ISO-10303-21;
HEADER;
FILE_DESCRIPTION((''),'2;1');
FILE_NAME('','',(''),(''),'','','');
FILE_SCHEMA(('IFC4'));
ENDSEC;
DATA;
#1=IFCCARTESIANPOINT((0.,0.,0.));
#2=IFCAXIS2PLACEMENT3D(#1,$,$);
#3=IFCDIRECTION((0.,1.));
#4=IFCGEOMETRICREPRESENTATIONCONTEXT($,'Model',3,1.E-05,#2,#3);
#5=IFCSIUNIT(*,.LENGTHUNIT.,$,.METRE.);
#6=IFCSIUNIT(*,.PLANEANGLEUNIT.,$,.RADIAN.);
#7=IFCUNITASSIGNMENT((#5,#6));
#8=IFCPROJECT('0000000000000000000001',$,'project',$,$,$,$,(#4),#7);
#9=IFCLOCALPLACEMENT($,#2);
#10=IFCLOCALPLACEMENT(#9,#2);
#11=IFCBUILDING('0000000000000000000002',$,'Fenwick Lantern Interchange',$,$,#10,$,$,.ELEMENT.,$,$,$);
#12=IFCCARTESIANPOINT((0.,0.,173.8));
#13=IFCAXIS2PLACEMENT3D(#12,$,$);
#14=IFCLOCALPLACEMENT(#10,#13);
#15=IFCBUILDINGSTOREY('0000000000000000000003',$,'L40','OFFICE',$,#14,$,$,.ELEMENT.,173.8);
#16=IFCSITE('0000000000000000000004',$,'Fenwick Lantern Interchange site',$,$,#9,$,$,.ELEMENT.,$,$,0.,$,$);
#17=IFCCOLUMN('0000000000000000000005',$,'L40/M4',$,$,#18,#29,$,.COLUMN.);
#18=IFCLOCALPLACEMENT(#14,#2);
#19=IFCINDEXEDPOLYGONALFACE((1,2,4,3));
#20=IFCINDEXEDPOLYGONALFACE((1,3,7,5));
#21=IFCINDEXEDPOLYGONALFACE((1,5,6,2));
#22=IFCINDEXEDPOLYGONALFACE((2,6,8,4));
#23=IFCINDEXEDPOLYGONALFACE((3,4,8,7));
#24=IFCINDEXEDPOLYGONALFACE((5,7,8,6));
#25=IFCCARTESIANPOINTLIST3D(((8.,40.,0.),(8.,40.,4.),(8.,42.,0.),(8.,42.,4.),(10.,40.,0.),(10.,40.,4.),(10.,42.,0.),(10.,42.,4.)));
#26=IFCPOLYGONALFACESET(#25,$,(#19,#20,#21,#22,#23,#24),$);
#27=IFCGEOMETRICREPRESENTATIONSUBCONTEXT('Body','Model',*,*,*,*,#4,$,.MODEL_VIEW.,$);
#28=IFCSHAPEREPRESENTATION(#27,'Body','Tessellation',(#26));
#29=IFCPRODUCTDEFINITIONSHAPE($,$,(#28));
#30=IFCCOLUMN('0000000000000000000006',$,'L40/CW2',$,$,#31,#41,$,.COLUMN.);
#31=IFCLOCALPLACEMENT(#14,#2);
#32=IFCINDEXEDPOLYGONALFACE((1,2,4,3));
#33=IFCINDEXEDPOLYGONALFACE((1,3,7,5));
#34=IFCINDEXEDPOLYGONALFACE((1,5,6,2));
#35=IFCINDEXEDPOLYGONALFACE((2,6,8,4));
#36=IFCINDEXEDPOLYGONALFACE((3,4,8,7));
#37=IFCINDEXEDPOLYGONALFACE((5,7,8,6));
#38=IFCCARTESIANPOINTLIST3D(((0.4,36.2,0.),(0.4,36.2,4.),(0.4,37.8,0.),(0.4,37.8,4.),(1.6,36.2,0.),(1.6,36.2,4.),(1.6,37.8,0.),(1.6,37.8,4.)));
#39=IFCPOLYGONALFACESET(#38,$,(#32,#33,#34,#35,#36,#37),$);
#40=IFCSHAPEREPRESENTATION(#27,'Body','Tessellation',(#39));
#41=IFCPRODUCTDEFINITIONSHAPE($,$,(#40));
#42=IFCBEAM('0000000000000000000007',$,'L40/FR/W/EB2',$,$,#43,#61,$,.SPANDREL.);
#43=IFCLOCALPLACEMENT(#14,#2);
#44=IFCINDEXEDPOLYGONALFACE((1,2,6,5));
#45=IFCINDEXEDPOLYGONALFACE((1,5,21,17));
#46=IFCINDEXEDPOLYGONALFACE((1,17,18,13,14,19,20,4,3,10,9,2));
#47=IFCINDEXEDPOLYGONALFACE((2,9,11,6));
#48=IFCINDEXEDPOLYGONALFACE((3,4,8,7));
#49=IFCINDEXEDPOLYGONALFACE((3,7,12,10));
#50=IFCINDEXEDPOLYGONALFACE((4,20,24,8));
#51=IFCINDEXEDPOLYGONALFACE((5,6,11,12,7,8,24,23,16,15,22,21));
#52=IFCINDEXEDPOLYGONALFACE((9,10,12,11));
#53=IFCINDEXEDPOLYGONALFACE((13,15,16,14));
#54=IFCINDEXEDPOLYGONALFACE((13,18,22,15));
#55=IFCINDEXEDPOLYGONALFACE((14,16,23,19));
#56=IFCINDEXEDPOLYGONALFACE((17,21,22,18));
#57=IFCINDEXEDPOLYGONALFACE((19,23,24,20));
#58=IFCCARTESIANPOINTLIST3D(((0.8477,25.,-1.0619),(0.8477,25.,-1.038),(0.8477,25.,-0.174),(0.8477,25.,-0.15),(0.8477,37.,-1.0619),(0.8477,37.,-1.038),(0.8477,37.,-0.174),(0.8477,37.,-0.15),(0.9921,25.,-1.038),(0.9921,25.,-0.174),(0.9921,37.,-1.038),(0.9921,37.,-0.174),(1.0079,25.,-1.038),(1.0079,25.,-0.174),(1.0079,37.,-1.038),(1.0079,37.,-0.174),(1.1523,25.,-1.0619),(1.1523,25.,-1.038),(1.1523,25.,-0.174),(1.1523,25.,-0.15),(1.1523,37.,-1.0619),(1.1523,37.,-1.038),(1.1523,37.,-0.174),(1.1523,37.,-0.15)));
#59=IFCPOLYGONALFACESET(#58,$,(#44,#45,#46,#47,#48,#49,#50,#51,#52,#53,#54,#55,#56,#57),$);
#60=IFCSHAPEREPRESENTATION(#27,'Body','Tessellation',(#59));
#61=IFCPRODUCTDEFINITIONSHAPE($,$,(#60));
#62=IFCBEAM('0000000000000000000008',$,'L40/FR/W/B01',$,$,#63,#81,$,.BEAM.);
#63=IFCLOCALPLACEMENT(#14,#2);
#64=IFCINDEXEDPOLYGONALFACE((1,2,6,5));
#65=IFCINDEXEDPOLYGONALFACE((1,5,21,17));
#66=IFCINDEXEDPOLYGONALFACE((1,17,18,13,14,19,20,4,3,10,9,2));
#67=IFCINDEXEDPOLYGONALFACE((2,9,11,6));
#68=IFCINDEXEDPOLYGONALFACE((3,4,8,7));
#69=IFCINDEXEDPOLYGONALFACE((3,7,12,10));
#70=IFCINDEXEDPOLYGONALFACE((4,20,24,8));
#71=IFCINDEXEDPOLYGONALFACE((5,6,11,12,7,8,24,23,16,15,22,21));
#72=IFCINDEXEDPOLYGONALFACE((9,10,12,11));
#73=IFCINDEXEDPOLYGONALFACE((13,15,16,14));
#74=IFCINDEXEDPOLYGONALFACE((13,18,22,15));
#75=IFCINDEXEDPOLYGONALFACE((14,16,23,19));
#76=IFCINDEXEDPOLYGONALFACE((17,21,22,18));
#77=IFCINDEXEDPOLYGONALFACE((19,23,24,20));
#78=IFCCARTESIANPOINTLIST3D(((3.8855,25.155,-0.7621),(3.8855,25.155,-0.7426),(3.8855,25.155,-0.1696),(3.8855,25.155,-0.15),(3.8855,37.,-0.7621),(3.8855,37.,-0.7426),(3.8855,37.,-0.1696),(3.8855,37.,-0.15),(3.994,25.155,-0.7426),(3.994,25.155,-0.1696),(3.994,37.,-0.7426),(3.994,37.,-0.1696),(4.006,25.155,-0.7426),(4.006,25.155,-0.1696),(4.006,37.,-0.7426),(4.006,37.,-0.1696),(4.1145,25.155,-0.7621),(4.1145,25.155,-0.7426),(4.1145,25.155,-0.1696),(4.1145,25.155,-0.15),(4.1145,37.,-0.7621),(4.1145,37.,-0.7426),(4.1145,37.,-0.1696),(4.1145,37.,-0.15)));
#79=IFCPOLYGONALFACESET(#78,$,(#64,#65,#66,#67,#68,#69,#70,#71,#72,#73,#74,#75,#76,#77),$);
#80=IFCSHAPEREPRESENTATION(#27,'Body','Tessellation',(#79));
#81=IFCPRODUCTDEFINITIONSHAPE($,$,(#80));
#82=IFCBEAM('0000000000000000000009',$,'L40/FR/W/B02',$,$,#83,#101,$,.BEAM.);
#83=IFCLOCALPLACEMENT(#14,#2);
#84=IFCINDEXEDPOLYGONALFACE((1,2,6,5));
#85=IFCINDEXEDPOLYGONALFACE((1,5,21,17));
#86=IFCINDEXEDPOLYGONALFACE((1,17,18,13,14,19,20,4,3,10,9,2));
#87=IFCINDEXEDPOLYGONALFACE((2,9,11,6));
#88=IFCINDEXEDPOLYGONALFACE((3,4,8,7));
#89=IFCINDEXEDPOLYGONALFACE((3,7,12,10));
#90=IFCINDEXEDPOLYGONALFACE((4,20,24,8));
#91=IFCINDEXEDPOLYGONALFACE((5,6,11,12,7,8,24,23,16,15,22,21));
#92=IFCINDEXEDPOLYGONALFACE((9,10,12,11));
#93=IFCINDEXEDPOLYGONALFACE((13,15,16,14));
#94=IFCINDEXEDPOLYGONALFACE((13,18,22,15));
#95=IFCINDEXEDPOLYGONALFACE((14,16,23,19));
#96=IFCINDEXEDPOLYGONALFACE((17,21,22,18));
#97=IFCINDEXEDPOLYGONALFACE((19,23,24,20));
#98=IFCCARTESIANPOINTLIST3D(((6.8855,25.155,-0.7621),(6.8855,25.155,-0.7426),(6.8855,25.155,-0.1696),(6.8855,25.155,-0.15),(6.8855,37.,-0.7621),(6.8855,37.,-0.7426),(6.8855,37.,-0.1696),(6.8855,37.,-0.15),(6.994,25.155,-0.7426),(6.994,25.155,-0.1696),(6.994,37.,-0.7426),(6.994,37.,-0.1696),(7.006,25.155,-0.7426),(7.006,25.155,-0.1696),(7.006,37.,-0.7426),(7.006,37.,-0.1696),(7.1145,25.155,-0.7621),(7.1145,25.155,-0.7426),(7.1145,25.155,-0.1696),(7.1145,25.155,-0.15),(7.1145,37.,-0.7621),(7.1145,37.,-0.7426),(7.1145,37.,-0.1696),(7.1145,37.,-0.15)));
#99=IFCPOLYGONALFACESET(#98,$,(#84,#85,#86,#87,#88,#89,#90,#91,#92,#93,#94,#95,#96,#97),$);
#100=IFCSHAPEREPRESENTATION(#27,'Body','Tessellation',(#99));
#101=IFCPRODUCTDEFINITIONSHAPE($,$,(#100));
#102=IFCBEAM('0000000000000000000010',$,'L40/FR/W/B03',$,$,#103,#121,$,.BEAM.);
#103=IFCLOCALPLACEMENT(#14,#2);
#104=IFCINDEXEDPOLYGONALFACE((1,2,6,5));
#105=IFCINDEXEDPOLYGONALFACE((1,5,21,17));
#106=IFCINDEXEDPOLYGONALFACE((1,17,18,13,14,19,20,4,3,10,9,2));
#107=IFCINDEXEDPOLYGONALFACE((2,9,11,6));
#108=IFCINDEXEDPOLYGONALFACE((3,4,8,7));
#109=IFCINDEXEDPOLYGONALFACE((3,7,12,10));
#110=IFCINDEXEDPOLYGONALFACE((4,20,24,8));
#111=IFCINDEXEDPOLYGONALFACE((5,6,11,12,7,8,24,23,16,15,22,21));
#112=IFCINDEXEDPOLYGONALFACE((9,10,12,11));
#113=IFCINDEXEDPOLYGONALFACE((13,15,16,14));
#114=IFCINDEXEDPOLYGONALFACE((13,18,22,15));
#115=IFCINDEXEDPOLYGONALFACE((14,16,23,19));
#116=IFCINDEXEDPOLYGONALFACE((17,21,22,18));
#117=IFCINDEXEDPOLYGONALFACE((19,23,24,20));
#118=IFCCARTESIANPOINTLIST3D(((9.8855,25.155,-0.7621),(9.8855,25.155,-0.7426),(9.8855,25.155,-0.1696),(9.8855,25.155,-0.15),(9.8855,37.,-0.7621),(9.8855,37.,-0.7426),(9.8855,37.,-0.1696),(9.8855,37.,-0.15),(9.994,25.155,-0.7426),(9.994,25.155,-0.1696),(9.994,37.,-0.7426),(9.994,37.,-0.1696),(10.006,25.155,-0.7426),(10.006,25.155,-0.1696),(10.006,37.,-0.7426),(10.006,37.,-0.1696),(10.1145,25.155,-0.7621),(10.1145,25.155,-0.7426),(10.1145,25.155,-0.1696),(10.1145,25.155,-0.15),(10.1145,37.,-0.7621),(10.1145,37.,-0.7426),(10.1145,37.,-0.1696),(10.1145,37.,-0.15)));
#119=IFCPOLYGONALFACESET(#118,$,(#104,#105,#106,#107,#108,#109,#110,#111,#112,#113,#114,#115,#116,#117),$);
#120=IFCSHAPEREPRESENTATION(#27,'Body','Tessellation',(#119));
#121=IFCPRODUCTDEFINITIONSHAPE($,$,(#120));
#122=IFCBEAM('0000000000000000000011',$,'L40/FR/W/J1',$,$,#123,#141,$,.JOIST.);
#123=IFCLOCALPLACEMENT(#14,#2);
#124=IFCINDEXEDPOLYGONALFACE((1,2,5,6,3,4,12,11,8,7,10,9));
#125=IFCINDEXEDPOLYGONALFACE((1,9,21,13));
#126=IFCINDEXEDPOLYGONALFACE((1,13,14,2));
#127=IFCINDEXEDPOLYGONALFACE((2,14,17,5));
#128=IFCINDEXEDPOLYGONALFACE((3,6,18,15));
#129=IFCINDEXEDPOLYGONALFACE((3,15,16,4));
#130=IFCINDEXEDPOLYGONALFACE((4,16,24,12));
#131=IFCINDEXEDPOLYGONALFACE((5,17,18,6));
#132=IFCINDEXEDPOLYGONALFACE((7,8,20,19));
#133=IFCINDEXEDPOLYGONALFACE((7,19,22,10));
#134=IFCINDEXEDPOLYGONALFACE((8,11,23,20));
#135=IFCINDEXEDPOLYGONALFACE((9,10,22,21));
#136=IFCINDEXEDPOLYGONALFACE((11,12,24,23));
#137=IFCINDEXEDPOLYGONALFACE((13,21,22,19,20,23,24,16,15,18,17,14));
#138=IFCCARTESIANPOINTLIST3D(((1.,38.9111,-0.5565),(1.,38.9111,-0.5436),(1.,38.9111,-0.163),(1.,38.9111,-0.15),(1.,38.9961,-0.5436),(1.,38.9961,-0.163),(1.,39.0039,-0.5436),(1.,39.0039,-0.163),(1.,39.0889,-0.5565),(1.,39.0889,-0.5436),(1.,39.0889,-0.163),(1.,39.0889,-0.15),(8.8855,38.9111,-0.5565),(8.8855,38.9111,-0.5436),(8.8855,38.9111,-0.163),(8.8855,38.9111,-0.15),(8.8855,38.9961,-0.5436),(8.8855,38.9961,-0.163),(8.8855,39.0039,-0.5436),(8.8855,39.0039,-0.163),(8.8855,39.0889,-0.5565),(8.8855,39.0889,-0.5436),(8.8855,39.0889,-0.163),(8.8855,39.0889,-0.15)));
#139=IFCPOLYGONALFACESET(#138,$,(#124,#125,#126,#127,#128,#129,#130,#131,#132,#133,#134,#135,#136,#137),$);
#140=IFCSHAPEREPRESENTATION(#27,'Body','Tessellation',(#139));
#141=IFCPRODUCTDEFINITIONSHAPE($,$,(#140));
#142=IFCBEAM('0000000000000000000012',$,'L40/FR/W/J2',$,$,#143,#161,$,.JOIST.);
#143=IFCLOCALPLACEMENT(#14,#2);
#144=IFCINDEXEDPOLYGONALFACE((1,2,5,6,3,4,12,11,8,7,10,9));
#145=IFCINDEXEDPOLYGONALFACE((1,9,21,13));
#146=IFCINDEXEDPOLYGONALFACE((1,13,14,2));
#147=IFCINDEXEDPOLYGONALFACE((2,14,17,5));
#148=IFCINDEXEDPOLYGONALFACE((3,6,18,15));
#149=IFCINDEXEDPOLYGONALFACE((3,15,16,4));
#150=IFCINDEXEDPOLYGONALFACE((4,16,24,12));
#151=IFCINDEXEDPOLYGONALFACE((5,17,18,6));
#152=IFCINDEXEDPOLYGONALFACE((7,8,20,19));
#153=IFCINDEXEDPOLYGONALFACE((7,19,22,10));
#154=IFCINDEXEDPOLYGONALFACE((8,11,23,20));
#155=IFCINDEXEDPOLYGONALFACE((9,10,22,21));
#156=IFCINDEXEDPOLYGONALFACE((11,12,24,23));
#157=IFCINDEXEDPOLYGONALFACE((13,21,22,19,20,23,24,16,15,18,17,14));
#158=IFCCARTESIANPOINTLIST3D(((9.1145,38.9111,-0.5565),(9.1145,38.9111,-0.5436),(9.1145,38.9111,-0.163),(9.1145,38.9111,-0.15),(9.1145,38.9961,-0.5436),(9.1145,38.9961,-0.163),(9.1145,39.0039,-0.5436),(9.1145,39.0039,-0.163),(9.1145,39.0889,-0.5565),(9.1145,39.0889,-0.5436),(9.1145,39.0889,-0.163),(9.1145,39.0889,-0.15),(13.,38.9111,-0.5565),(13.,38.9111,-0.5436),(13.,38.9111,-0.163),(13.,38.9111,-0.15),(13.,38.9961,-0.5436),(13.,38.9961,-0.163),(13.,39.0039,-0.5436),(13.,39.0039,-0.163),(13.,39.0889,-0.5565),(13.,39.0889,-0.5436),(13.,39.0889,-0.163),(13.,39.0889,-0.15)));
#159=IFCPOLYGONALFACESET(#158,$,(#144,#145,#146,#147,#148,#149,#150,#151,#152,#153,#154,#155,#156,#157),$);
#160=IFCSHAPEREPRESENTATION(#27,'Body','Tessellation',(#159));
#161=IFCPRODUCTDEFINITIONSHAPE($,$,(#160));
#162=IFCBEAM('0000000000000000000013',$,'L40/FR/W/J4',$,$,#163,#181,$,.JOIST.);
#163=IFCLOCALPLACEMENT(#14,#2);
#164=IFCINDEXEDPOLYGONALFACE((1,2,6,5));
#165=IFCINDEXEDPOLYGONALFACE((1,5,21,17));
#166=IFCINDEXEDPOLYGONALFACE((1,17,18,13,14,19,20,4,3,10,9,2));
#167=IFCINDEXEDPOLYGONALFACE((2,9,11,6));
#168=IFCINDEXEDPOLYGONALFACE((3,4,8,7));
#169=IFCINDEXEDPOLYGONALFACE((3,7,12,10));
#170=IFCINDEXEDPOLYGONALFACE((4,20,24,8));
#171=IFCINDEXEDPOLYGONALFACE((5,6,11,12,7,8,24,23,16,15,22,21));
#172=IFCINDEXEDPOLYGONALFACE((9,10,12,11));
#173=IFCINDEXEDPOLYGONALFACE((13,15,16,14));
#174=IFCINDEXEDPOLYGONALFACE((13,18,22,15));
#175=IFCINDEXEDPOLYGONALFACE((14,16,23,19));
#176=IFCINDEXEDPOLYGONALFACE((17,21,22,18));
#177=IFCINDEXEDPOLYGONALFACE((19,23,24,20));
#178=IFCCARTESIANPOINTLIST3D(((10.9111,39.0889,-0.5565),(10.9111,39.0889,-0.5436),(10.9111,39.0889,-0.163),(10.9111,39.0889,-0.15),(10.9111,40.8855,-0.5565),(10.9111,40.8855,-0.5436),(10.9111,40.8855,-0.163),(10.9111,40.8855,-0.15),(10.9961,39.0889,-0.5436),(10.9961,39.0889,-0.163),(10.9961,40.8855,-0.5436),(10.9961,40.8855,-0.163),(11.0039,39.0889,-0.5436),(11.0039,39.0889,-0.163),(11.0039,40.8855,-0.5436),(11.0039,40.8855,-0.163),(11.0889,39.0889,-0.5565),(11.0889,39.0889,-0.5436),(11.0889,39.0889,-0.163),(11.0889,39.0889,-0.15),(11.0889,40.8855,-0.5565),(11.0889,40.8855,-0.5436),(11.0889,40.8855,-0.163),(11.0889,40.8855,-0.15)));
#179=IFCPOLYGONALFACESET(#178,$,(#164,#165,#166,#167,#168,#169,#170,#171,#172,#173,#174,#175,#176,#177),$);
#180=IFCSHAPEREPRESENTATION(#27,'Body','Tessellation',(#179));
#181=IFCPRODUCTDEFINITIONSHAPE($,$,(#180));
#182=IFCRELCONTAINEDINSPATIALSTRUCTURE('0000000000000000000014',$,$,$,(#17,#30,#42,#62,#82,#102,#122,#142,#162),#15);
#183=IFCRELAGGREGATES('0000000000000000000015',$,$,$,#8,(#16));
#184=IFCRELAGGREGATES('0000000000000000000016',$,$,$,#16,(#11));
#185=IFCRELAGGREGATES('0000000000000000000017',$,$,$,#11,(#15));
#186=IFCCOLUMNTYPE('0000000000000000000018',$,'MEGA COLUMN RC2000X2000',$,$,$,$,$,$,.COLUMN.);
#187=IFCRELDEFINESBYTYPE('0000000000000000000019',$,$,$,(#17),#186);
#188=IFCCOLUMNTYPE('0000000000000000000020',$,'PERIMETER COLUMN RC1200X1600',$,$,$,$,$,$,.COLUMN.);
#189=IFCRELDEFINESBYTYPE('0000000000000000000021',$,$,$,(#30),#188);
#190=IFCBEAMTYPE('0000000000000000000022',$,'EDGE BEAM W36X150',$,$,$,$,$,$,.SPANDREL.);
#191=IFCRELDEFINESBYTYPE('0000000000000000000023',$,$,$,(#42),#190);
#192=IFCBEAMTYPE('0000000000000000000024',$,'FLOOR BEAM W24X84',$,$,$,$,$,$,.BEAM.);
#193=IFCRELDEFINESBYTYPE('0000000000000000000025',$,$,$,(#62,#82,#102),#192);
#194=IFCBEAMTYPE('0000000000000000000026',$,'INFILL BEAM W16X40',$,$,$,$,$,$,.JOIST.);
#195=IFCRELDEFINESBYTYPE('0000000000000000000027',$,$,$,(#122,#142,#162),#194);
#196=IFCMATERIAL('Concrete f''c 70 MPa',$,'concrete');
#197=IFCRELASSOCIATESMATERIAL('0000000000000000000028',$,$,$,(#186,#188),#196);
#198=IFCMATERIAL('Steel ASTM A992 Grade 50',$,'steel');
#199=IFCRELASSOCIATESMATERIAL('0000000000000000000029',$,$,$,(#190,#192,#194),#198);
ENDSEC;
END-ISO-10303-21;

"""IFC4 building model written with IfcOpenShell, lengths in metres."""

from ifc_helpers import new_model, si_unit, direction, frame, origin, origin_2d, place, context, subcontext, project, spatial, rectangle, i_section, extrude, material, material_profile, profile_set, type_object, element, save


model = new_model("IFC4")

# Units and contexts
model_context = context("Model", 3, precision=1e-05, world=origin(), true_north=direction((0.0, 1.0)))
body_context = subcontext(model_context, "Body", "Model", "MODEL_VIEW")
ifc_project = project(units=[si_unit("LENGTHUNIT", "METRE"), si_unit("PLANEANGLEUNIT", "RADIAN")], contexts=[model_context])

# Site, building, storey
site_placement = place(None, origin())
site = spatial("IfcSite", under=ifc_project, at=site_placement, Name="Fenwick Lantern Interchange site", CompositionType="ELEMENT", RefElevation=0.0)
building_placement = place(site_placement, origin())
building = spatial("IfcBuilding", under=site, at=building_placement, Name="Fenwick Lantern Interchange", CompositionType="ELEMENT")
storey_placement = place(building_placement, frame((0.0, 0.0, 173.8)))
storey = spatial("IfcBuildingStorey", under=building, at=storey_placement, Name="L40", Description="OFFICE", CompositionType="ELEMENT", Elevation=173.8)

# Columns
ifc_material_1 = material(Name="Concrete f'c 70 MPa", Category="concrete")
ifc_material_profile_1 = material_profile(ifc_material_1, rectangle(XDim=2.0, YDim=2.0, at=origin_2d()), Name="RC2000X2000")
ifc_profile_set_1 = profile_set([ifc_material_profile_1], Name="Concrete f'c 70 MPa")
column_type_1 = type_object("IfcColumnType", Name="MEGA COLUMN RC2000X2000", PredefinedType="COLUMN", material=ifc_profile_set_1)
column_1_placement = place(storey_placement, frame((9.0, 41.0, 0.0), z_axis=(0.0, 0.0, 1.0), x_axis=(1.0, 0.0, 0.0)))
element("IfcColumn", 1, at=column_1_placement, inside=storey, type_object=column_type_1, Name="L40/M4", PredefinedType="COLUMN", context=body_context, shape_type="SweptSolid", body=[
    extrude(rectangle(XDim=2.0, YDim=2.0, at=origin_2d()), origin(), (0.0, 0.0, 1.0), 4.0),
])
ifc_material_profile_2 = material_profile(ifc_material_1, rectangle(XDim=1.2, YDim=1.6001, at=origin_2d()), Name="RC1200X1600")
ifc_profile_set_2 = profile_set([ifc_material_profile_2], Name="Concrete f'c 70 MPa")
column_type_2 = type_object("IfcColumnType", Name="PERIMETER COLUMN RC1200X1600", PredefinedType="COLUMN", material=ifc_profile_set_2)
column_2_placement = place(storey_placement, frame((1.0, 37.0, 0.0), z_axis=(0.0, 0.0, 1.0), x_axis=(1.0, 0.0, 0.0)))
element("IfcColumn", 2, at=column_2_placement, inside=storey, type_object=column_type_2, Name="L40/CW2", PredefinedType="COLUMN", context=body_context, shape_type="SweptSolid", body=[
    extrude(rectangle(XDim=1.2, YDim=1.6001, at=origin_2d()), origin(), (0.0, 0.0, 1.0), 4.0),
])

# Beams
ifc_material_2 = material(Name="Steel ASTM A992 Grade 50", Category="steel")
ifc_material_profile_3 = material_profile(ifc_material_2, i_section(OverallWidth=0.3047, OverallDepth=0.9119, WebThickness=0.0159, FlangeThickness=0.0239, at=origin_2d()), Name="W36X150")
ifc_profile_set_3 = profile_set([ifc_material_profile_3], Name="Steel ASTM A992 Grade 50")
beam_type_1 = type_object("IfcBeamType", Name="EDGE BEAM W36X150", PredefinedType="SPANDREL", material=ifc_profile_set_3)
beam_1_placement = place(storey_placement, frame((1.0, 37.0, -0.606), z_axis=(0.0, -1.0, 0.0), x_axis=(1.0, 0.0, 0.0)))
element("IfcBeam", 3, at=beam_1_placement, inside=storey, type_object=beam_type_1, Name="L40/FR/W/EB2", PredefinedType="SPANDREL", context=body_context, shape_type="SweptSolid", body=[
    extrude(i_section(OverallWidth=0.3047, OverallDepth=0.9119, WebThickness=0.0159, FlangeThickness=0.0239, at=origin_2d()), origin(), (0.0, 0.0, 1.0), 12.0),
])
ifc_material_profile_4 = material_profile(ifc_material_2, i_section(OverallWidth=0.229, OverallDepth=0.6121, WebThickness=0.012, FlangeThickness=0.0195, at=origin_2d()), Name="W24X84")
ifc_profile_set_4 = profile_set([ifc_material_profile_4], Name="Steel ASTM A992 Grade 50")
beam_type_2 = type_object("IfcBeamType", Name="FLOOR BEAM W24X84", PredefinedType="BEAM", material=ifc_profile_set_4)
for number, where, z_axis, x_axis, name in (
    (4, (4.0, 37.0, -0.4561), (0.0, -1.0, 0.0), (1.0, 0.0, 0.0), "L40/FR/W/B01"),
    (5, (7.0, 37.0, -0.4561), (0.0, -1.0, 0.0), (1.0, 0.0, 0.0), "L40/FR/W/B02"),
    (6, (10.0, 37.0, -0.4561), (0.0, -1.0, 0.0), (1.0, 0.0, 0.0), "L40/FR/W/B03"),
):
    element("IfcBeam", number, at=place(storey_placement, frame(where, z_axis=z_axis, x_axis=x_axis)), inside=storey, type_object=beam_type_2, Name=name, PredefinedType="BEAM", context=body_context, shape_type="SweptSolid", body=[
        extrude(i_section(OverallWidth=0.229, OverallDepth=0.6121, WebThickness=0.012, FlangeThickness=0.0195, at=origin_2d()), origin(), (0.0, 0.0, 1.0), 11.845),
    ])
ifc_material_profile_5 = material_profile(ifc_material_2, i_section(OverallWidth=0.1777, OverallDepth=0.4065, WebThickness=0.0078, FlangeThickness=0.0129, at=origin_2d()), Name="W16X40")
ifc_profile_set_5 = profile_set([ifc_material_profile_5], Name="Steel ASTM A992 Grade 50")
beam_type_3 = type_object("IfcBeamType", Name="INFILL BEAM W16X40", PredefinedType="JOIST", material=ifc_profile_set_5)
beam_2_placement = place(storey_placement, frame((1.0, 39.0, -0.3533), z_axis=(1.0, 0.0, 0.0), x_axis=(0.0, 1.0, 0.0)))
element("IfcBeam", 7, at=beam_2_placement, inside=storey, type_object=beam_type_3, Name="L40/FR/W/J1", PredefinedType="JOIST", context=body_context, shape_type="SweptSolid", body=[
    extrude(i_section(OverallWidth=0.1777, OverallDepth=0.4065, WebThickness=0.0078, FlangeThickness=0.0129, at=origin_2d()), origin(), (0.0, 0.0, 1.0), 7.8855),
])
beam_3_placement = place(storey_placement, frame((9.1145, 39.0, -0.3533), z_axis=(1.0, 0.0, 0.0), x_axis=(0.0, 1.0, 0.0)))
element("IfcBeam", 8, at=beam_3_placement, inside=storey, type_object=beam_type_3, Name="L40/FR/W/J2", PredefinedType="JOIST", context=body_context, shape_type="SweptSolid", body=[
    extrude(i_section(OverallWidth=0.1777, OverallDepth=0.4065, WebThickness=0.0078, FlangeThickness=0.0129, at=origin_2d()), origin(), (0.0, 0.0, 1.0), 3.8855),
])
beam_4_placement = place(storey_placement, frame((11.0, 40.8855, -0.3533), z_axis=(0.0, -1.0, 0.0), x_axis=(1.0, 0.0, 0.0)))
element("IfcBeam", 9, at=beam_4_placement, inside=storey, type_object=beam_type_3, Name="L40/FR/W/J4", PredefinedType="JOIST", context=body_context, shape_type="SweptSolid", body=[
    extrude(i_section(OverallWidth=0.1777, OverallDepth=0.4065, WebThickness=0.0078, FlangeThickness=0.0129, at=origin_2d()), origin(), (0.0, 0.0, 1.0), 1.7966),
])

save(model, "model.ifc")
